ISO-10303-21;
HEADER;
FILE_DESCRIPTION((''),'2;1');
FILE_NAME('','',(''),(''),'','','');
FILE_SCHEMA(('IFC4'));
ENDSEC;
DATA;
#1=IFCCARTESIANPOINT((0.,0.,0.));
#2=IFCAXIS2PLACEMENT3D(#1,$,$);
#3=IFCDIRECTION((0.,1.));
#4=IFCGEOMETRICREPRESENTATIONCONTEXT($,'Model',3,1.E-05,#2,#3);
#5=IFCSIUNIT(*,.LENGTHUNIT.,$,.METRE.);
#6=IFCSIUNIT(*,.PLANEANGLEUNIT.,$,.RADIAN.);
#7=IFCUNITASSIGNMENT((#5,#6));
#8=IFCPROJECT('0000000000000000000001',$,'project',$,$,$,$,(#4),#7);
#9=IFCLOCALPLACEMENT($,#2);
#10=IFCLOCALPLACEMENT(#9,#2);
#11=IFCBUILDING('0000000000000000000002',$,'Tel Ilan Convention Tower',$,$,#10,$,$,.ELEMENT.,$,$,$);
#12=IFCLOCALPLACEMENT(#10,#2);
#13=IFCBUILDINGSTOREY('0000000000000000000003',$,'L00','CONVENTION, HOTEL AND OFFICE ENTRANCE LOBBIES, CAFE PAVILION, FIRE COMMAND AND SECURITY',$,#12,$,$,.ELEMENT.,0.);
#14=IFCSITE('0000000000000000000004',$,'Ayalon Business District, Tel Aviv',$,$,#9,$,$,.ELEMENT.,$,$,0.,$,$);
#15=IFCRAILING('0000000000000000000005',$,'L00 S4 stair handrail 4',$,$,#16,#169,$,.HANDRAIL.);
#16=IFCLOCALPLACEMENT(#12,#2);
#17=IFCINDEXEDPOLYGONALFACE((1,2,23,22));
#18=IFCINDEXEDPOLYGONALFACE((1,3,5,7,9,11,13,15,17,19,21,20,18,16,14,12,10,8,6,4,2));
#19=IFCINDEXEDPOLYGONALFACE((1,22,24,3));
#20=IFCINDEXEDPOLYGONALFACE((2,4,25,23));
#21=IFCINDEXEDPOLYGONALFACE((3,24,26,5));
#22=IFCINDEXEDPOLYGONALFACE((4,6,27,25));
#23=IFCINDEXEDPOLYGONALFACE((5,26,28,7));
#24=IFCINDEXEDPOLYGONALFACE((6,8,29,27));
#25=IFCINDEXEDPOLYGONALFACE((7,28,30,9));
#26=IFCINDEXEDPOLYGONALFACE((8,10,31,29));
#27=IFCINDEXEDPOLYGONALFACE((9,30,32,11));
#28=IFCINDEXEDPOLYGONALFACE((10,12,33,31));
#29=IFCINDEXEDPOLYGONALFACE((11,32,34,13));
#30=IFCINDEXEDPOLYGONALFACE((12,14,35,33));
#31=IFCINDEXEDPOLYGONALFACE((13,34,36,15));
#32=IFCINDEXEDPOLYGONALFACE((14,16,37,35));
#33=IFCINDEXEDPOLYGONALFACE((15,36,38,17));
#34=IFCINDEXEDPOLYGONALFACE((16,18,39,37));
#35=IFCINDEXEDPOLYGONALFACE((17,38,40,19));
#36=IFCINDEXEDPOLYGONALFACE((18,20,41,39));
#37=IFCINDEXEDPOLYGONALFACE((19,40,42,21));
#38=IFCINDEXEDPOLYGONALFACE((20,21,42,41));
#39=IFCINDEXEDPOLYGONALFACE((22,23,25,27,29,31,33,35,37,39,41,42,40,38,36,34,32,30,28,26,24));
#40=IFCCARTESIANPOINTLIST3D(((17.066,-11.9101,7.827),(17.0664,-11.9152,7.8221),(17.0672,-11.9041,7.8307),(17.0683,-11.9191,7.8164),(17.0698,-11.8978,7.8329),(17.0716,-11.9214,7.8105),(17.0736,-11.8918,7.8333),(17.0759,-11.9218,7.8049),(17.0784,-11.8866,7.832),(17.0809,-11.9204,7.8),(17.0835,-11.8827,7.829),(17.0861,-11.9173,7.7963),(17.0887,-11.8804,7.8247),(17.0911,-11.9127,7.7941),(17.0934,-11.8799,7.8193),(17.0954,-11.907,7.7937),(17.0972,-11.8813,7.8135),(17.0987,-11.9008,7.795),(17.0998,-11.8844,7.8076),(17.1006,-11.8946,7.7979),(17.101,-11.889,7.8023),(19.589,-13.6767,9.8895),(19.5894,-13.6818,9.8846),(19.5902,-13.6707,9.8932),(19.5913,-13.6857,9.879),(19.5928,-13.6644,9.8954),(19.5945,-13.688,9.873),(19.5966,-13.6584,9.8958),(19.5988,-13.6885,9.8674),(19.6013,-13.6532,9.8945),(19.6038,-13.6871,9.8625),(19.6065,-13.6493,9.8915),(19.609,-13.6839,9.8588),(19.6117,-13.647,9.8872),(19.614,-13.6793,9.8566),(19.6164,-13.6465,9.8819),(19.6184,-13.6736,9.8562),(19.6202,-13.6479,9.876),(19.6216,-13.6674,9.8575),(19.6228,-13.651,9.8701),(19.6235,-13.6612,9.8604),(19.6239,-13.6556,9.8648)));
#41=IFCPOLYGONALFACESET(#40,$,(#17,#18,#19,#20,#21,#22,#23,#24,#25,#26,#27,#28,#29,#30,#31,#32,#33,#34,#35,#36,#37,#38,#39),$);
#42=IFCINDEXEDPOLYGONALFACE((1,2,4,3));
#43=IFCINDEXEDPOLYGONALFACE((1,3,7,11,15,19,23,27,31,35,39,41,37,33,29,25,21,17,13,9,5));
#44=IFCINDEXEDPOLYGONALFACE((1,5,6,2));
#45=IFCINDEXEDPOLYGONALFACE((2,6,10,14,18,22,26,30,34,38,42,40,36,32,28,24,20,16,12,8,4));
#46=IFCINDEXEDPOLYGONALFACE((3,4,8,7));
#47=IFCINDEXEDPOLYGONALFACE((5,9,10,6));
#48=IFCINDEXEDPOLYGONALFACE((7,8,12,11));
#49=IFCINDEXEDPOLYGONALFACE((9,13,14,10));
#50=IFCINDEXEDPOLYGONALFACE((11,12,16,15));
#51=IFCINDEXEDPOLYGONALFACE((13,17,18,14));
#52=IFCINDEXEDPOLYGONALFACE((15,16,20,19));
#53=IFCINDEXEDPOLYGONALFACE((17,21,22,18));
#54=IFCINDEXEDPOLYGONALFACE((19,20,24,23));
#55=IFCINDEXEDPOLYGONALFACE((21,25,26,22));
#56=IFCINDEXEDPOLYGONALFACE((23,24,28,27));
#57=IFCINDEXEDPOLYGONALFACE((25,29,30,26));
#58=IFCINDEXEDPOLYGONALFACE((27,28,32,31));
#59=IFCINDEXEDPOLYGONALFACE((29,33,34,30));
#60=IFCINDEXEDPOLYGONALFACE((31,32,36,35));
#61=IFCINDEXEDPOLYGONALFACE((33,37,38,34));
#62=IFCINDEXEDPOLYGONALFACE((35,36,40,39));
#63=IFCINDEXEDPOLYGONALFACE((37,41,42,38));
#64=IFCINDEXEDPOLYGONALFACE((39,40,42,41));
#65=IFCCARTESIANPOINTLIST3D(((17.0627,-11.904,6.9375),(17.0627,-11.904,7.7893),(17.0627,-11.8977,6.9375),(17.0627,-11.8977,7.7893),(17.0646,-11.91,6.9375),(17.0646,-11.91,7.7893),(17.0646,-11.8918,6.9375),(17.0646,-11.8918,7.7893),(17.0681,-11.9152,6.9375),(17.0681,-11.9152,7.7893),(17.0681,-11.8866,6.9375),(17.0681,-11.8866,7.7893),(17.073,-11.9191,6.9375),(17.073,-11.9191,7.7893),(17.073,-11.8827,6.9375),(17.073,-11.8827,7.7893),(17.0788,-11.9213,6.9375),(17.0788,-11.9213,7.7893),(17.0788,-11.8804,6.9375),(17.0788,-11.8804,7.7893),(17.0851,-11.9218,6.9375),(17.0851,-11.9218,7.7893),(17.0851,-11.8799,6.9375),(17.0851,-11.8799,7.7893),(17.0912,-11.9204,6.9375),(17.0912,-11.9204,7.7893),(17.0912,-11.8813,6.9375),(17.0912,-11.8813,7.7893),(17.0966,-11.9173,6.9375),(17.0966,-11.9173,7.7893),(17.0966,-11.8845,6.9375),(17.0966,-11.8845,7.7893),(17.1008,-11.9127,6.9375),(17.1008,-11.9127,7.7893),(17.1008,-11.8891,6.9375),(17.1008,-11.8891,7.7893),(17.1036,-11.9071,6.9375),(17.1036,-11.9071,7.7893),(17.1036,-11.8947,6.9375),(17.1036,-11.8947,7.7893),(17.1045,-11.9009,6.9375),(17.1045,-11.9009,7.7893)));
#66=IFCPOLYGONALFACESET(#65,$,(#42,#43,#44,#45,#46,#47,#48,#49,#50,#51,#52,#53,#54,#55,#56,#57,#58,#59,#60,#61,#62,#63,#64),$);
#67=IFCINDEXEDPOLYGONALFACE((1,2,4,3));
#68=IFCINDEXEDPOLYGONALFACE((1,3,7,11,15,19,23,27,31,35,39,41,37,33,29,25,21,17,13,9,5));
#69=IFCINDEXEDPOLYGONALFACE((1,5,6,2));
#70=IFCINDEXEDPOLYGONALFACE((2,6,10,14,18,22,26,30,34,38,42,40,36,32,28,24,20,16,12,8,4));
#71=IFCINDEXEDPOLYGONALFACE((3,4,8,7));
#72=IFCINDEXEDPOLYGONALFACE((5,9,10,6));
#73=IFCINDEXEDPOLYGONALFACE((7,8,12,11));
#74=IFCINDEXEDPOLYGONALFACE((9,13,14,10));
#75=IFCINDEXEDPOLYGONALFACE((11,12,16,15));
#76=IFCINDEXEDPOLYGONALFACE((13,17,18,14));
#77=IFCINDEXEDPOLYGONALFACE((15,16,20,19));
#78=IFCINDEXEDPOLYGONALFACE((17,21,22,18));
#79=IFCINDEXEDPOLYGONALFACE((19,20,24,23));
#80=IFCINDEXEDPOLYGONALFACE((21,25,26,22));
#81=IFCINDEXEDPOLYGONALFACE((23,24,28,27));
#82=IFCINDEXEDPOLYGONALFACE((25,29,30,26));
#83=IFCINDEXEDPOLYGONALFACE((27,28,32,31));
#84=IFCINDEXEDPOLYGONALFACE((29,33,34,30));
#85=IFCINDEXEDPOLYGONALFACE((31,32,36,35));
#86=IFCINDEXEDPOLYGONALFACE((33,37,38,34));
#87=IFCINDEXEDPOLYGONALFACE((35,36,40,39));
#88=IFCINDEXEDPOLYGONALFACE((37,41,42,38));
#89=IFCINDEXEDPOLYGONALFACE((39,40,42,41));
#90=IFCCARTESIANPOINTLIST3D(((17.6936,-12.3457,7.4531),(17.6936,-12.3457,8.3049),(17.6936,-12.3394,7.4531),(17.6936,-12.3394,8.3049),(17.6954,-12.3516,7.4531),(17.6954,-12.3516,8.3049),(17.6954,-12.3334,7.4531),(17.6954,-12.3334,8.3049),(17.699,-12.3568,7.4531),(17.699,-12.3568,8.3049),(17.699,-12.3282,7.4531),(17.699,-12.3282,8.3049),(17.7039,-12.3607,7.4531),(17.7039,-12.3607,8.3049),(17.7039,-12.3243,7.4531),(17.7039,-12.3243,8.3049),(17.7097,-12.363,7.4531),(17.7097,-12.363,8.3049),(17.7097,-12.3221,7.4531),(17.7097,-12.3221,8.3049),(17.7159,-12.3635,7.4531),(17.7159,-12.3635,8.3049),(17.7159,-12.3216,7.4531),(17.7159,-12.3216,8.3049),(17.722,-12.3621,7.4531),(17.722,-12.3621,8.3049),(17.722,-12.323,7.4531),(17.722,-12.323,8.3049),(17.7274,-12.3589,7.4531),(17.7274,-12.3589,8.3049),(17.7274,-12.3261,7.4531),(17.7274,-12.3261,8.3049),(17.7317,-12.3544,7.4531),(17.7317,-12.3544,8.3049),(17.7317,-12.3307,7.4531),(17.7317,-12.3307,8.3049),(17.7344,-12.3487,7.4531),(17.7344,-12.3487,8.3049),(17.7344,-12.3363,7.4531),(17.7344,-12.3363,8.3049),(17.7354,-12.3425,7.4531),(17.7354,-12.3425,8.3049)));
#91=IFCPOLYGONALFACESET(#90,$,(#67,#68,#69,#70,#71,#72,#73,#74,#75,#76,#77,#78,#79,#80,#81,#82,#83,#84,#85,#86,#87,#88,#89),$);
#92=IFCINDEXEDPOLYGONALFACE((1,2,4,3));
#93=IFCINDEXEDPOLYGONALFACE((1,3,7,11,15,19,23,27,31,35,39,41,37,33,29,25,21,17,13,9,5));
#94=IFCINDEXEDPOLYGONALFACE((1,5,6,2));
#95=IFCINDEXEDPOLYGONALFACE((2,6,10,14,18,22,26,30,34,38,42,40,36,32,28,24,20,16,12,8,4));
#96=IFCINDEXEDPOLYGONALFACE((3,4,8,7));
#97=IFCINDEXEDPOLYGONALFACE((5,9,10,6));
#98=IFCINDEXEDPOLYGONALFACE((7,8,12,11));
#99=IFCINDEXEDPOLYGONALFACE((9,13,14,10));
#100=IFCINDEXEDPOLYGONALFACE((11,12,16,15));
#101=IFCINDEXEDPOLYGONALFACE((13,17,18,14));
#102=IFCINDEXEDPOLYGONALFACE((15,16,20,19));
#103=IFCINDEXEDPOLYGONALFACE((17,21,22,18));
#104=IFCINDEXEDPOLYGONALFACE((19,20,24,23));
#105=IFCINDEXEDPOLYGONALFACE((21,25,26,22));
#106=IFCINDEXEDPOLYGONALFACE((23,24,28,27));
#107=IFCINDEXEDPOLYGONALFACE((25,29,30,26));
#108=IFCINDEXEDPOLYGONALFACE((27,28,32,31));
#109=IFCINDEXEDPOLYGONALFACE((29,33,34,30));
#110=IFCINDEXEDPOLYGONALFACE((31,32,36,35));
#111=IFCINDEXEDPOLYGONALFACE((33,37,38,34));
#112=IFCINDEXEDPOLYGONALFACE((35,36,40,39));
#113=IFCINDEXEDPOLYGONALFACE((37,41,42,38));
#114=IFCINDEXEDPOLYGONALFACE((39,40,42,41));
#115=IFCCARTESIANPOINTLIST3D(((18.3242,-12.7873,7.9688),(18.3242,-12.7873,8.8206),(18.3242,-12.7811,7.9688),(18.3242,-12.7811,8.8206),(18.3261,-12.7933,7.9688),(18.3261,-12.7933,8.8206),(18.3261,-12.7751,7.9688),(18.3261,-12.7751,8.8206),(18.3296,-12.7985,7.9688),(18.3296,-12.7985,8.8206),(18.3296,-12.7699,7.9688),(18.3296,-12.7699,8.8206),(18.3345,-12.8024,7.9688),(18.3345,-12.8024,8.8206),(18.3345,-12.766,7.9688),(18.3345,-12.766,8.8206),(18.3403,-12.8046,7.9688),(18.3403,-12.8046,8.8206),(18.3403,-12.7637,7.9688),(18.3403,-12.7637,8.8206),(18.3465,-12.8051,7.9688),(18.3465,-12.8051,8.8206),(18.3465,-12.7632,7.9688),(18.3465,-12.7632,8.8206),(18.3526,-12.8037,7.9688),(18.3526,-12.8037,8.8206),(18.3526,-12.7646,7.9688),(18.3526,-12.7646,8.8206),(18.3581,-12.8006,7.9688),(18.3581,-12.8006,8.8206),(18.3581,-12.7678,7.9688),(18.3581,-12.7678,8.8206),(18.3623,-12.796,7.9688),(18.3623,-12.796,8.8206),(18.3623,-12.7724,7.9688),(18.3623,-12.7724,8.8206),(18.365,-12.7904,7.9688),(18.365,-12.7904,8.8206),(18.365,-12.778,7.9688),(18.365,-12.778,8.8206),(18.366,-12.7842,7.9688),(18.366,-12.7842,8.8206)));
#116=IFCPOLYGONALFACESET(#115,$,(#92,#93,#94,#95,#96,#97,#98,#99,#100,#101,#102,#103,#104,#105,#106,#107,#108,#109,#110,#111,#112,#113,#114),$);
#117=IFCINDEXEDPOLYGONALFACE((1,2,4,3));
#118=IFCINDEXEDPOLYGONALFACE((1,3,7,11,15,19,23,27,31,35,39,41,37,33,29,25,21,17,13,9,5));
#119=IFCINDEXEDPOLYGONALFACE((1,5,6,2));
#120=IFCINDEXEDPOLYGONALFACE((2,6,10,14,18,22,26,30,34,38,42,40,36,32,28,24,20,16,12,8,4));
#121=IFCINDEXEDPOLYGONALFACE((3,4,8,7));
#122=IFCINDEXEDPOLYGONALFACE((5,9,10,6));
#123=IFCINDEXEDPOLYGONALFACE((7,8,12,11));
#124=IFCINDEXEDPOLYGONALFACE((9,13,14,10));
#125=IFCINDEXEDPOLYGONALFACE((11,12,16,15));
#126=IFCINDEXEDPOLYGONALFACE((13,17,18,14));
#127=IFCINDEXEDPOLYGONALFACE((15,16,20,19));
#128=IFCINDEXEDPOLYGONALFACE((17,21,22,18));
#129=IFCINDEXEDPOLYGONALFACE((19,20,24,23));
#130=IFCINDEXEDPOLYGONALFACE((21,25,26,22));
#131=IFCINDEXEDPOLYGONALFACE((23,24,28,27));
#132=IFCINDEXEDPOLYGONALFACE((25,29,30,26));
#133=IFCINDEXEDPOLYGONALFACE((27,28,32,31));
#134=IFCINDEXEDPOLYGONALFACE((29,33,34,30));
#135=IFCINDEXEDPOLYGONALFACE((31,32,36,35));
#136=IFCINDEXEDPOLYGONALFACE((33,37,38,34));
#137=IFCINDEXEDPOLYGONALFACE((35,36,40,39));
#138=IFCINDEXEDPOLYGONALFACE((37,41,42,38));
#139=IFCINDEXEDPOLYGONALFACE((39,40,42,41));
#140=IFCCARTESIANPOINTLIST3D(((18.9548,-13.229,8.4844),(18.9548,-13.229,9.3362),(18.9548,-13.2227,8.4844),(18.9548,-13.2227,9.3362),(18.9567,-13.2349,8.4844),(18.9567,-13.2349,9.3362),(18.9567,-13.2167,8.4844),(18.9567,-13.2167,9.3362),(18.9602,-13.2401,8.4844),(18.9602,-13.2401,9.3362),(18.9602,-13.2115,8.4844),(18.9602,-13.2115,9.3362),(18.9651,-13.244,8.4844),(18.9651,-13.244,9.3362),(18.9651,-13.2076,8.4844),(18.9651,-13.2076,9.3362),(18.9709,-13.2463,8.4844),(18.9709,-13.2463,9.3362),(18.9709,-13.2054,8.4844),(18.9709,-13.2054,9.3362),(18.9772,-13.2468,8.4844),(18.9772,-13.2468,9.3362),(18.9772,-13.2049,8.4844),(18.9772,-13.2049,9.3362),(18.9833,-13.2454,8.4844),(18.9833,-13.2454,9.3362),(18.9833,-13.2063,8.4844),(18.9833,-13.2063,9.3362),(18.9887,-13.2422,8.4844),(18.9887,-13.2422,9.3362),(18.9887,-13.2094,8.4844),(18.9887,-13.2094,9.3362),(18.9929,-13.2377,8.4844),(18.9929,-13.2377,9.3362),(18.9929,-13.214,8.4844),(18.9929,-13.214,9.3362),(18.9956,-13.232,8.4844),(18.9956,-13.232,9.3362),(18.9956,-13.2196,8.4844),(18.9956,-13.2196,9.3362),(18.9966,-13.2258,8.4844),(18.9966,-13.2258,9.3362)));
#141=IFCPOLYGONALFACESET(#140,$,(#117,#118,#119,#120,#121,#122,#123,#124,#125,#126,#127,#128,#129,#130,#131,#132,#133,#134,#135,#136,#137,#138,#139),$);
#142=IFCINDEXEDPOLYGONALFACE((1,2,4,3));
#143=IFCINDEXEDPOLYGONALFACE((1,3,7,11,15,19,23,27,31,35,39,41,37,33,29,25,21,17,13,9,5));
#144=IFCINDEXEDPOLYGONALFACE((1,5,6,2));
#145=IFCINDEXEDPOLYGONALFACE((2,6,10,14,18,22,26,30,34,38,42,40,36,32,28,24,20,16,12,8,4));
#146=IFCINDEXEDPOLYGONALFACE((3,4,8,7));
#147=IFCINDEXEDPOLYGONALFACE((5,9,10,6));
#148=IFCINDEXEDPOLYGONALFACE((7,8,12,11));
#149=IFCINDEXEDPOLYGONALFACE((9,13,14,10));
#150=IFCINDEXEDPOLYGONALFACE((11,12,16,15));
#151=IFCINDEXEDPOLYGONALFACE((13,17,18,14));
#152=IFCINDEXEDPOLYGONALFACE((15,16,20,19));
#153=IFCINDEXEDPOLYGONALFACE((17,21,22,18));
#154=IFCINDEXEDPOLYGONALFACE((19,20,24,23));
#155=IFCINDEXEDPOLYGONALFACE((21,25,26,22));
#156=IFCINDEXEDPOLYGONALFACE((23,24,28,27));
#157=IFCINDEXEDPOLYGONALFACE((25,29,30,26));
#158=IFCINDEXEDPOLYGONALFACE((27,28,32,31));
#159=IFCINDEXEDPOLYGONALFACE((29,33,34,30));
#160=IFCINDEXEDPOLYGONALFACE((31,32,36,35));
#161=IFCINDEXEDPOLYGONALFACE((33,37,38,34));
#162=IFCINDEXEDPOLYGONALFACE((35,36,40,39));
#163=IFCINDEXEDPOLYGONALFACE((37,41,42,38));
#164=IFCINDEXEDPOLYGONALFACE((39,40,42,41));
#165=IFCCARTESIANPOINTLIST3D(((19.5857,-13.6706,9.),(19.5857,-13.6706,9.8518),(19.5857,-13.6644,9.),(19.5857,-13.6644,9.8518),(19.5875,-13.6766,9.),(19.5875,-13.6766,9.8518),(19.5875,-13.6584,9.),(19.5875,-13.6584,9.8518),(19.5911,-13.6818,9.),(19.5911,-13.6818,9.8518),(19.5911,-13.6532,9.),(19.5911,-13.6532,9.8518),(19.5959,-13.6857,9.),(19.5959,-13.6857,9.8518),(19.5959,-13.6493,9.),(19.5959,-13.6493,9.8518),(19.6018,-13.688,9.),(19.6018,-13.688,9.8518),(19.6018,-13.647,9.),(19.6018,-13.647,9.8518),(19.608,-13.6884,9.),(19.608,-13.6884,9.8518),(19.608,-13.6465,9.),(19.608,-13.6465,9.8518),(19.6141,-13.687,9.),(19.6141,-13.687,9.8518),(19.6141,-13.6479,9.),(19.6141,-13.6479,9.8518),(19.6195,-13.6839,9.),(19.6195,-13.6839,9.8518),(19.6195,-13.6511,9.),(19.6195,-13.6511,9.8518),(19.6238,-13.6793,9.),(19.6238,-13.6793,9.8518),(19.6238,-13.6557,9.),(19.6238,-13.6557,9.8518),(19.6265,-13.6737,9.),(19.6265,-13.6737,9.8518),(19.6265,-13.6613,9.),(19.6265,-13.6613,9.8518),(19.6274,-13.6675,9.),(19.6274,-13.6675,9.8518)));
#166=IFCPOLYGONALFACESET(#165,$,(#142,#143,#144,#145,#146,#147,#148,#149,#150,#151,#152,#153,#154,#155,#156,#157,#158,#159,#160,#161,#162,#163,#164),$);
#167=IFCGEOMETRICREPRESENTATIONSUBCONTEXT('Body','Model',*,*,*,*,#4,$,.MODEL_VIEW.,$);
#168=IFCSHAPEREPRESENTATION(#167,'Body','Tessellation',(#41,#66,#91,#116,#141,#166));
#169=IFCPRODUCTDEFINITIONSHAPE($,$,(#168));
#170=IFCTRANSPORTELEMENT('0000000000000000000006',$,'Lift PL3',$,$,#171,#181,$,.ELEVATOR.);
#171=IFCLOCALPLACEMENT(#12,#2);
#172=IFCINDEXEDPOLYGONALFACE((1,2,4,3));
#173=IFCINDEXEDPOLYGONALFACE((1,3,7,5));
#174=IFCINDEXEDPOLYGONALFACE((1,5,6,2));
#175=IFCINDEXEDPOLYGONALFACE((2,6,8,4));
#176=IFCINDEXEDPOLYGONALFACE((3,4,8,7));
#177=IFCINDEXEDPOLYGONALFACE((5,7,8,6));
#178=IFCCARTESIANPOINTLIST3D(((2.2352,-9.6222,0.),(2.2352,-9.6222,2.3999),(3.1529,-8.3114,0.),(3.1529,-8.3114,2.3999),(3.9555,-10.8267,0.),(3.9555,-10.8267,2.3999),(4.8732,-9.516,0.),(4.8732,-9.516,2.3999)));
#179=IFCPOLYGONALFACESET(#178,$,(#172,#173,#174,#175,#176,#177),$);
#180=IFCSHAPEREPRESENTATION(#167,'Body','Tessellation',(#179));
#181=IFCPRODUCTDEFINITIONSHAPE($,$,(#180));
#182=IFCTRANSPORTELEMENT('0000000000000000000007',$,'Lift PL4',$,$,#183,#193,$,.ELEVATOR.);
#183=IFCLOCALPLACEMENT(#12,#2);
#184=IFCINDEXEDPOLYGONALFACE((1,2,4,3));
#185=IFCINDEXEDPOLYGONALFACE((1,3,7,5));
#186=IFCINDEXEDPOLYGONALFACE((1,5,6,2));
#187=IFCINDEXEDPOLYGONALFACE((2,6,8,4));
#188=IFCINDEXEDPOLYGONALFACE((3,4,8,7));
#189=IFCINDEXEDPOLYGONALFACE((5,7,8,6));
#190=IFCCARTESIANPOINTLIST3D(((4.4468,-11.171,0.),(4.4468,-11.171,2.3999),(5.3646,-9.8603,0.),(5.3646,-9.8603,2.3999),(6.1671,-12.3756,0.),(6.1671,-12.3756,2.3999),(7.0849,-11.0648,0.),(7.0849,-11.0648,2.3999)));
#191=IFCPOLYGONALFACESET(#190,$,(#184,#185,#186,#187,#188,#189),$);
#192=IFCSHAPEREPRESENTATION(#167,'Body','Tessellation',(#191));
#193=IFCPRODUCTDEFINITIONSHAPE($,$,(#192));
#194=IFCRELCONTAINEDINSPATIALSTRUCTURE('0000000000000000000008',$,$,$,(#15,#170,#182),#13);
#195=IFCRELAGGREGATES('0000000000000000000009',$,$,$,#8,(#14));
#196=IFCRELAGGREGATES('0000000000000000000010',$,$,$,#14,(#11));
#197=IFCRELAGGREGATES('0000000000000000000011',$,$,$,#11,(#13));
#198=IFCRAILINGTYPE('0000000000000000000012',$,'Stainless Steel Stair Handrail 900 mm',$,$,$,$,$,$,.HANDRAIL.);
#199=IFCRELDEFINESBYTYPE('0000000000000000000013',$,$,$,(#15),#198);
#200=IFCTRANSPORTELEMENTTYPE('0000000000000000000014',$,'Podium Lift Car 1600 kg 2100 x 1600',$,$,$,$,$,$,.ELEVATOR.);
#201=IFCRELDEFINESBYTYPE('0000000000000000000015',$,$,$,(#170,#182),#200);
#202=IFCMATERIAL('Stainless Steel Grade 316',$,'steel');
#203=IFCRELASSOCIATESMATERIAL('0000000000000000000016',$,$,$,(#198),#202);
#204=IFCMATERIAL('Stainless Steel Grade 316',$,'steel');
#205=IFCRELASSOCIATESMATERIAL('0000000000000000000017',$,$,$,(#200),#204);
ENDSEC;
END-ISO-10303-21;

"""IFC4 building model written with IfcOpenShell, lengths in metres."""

from ifc_helpers import new_model, si_unit, direction, frame, origin, origin_2d, place, context, subcontext, project, spatial, rectangle, circle, extrude, material, type_object, element, save


model = new_model("IFC4")

# Units and contexts
model_context = context("Model", 3, precision=1e-05, world=origin(), true_north=direction((0.0, 1.0)))
body_context = subcontext(model_context, "Body", "Model", "MODEL_VIEW")
ifc_project = project(units=[si_unit("LENGTHUNIT", "METRE"), si_unit("PLANEANGLEUNIT", "RADIAN")], contexts=[model_context])

# Site, building, storey
site_placement = place(None, origin())
site = spatial("IfcSite", under=ifc_project, at=site_placement, Name="Ayalon Business District, Tel Aviv", CompositionType="ELEMENT", RefElevation=0.0)
building_placement = place(site_placement, origin())
building = spatial("IfcBuilding", under=site, at=building_placement, Name="Tel Ilan Convention Tower", CompositionType="ELEMENT")
storey_placement = place(building_placement, origin())
storey = spatial("IfcBuildingStorey", under=building, at=storey_placement, Name="L00", Description="CONVENTION, HOTEL AND OFFICE ENTRANCE LOBBIES, CAFE PAVILION, FIRE COMMAND AND SECURITY", CompositionType="ELEMENT", Elevation=0.0)

# Railing
ifc_material_1 = material(Name="Stainless Steel Grade 316", Category="steel")
railing_type_1 = type_object("IfcRailingType", Name="Stainless Steel Stair Handrail 900 mm", PredefinedType="HANDRAIL", material=ifc_material_1)
for number, where, name in (
    (1, (17.0835, -11.9009, 6.9375), "L00 S4 stair handrail 4"),
):
    element("IfcRailing", number, at=place(storey_placement, frame(where)), inside=storey, type_object=railing_type_1, Name=name, PredefinedType="HANDRAIL", context=body_context, shape_type="SweptSolid", body=[
        extrude(circle(Radius=0.0239, at=origin_2d()), frame((0.0, 0.0, 0.876), z_axis=(0.680635, -0.476589, 0.556416), x_axis=(0.573579, 0.81915, 0.0)), (0.0, 0.0, 1.0), 3.7068),
        extrude(circle(Radius=0.021, at=origin_2d()), origin(), (0.0, 0.0, 1.0), 0.8518),
        extrude(circle(Radius=0.021, at=origin_2d()), frame((0.6309, -0.4417, 0.5156)), (0.0, 0.0, 1.0), 0.8518),
        extrude(circle(Radius=0.021, at=origin_2d()), frame((1.2615, -0.8833, 1.0312)), (0.0, 0.0, 1.0), 0.8518),
        extrude(circle(Radius=0.021, at=origin_2d()), frame((1.8921, -1.325, 1.5469)), (0.0, 0.0, 1.0), 0.8518),
        extrude(circle(Radius=0.021, at=origin_2d()), frame((2.5229, -1.7666, 2.0625)), (0.0, 0.0, 1.0), 0.8518),
    ])

# Transport elements
ifc_material_2 = material(Name="Stainless Steel Grade 316", Category="steel")
transport_element_type = type_object("IfcTransportElementType", Name="Podium Lift Car 1600 kg 2100 x 1600", PredefinedType="ELEVATOR", material=ifc_material_2)
for number, where, z_axis, x_axis, name in (
    (2, (3.5542, -9.5691, 0.0), (0.0, 0.0, 1.0), (0.819152, -0.573576, 0.0), "Lift PL3"),
    (3, (5.7659, -11.1179, 0.0), (0.0, 0.0, 1.0), (0.819152, -0.573576, 0.0), "Lift PL4"),
):
    element("IfcTransportElement", number, at=place(storey_placement, frame(where, z_axis=z_axis, x_axis=x_axis)), inside=storey, type_object=transport_element_type, Name=name, PredefinedType="ELEVATOR", context=body_context, shape_type="SweptSolid", body=[
        extrude(rectangle(XDim=2.1001, YDim=1.6001, at=origin_2d()), origin(), (0.0, 0.0, 1.0), 2.3999),
    ])

save(model, "model.ifc")
